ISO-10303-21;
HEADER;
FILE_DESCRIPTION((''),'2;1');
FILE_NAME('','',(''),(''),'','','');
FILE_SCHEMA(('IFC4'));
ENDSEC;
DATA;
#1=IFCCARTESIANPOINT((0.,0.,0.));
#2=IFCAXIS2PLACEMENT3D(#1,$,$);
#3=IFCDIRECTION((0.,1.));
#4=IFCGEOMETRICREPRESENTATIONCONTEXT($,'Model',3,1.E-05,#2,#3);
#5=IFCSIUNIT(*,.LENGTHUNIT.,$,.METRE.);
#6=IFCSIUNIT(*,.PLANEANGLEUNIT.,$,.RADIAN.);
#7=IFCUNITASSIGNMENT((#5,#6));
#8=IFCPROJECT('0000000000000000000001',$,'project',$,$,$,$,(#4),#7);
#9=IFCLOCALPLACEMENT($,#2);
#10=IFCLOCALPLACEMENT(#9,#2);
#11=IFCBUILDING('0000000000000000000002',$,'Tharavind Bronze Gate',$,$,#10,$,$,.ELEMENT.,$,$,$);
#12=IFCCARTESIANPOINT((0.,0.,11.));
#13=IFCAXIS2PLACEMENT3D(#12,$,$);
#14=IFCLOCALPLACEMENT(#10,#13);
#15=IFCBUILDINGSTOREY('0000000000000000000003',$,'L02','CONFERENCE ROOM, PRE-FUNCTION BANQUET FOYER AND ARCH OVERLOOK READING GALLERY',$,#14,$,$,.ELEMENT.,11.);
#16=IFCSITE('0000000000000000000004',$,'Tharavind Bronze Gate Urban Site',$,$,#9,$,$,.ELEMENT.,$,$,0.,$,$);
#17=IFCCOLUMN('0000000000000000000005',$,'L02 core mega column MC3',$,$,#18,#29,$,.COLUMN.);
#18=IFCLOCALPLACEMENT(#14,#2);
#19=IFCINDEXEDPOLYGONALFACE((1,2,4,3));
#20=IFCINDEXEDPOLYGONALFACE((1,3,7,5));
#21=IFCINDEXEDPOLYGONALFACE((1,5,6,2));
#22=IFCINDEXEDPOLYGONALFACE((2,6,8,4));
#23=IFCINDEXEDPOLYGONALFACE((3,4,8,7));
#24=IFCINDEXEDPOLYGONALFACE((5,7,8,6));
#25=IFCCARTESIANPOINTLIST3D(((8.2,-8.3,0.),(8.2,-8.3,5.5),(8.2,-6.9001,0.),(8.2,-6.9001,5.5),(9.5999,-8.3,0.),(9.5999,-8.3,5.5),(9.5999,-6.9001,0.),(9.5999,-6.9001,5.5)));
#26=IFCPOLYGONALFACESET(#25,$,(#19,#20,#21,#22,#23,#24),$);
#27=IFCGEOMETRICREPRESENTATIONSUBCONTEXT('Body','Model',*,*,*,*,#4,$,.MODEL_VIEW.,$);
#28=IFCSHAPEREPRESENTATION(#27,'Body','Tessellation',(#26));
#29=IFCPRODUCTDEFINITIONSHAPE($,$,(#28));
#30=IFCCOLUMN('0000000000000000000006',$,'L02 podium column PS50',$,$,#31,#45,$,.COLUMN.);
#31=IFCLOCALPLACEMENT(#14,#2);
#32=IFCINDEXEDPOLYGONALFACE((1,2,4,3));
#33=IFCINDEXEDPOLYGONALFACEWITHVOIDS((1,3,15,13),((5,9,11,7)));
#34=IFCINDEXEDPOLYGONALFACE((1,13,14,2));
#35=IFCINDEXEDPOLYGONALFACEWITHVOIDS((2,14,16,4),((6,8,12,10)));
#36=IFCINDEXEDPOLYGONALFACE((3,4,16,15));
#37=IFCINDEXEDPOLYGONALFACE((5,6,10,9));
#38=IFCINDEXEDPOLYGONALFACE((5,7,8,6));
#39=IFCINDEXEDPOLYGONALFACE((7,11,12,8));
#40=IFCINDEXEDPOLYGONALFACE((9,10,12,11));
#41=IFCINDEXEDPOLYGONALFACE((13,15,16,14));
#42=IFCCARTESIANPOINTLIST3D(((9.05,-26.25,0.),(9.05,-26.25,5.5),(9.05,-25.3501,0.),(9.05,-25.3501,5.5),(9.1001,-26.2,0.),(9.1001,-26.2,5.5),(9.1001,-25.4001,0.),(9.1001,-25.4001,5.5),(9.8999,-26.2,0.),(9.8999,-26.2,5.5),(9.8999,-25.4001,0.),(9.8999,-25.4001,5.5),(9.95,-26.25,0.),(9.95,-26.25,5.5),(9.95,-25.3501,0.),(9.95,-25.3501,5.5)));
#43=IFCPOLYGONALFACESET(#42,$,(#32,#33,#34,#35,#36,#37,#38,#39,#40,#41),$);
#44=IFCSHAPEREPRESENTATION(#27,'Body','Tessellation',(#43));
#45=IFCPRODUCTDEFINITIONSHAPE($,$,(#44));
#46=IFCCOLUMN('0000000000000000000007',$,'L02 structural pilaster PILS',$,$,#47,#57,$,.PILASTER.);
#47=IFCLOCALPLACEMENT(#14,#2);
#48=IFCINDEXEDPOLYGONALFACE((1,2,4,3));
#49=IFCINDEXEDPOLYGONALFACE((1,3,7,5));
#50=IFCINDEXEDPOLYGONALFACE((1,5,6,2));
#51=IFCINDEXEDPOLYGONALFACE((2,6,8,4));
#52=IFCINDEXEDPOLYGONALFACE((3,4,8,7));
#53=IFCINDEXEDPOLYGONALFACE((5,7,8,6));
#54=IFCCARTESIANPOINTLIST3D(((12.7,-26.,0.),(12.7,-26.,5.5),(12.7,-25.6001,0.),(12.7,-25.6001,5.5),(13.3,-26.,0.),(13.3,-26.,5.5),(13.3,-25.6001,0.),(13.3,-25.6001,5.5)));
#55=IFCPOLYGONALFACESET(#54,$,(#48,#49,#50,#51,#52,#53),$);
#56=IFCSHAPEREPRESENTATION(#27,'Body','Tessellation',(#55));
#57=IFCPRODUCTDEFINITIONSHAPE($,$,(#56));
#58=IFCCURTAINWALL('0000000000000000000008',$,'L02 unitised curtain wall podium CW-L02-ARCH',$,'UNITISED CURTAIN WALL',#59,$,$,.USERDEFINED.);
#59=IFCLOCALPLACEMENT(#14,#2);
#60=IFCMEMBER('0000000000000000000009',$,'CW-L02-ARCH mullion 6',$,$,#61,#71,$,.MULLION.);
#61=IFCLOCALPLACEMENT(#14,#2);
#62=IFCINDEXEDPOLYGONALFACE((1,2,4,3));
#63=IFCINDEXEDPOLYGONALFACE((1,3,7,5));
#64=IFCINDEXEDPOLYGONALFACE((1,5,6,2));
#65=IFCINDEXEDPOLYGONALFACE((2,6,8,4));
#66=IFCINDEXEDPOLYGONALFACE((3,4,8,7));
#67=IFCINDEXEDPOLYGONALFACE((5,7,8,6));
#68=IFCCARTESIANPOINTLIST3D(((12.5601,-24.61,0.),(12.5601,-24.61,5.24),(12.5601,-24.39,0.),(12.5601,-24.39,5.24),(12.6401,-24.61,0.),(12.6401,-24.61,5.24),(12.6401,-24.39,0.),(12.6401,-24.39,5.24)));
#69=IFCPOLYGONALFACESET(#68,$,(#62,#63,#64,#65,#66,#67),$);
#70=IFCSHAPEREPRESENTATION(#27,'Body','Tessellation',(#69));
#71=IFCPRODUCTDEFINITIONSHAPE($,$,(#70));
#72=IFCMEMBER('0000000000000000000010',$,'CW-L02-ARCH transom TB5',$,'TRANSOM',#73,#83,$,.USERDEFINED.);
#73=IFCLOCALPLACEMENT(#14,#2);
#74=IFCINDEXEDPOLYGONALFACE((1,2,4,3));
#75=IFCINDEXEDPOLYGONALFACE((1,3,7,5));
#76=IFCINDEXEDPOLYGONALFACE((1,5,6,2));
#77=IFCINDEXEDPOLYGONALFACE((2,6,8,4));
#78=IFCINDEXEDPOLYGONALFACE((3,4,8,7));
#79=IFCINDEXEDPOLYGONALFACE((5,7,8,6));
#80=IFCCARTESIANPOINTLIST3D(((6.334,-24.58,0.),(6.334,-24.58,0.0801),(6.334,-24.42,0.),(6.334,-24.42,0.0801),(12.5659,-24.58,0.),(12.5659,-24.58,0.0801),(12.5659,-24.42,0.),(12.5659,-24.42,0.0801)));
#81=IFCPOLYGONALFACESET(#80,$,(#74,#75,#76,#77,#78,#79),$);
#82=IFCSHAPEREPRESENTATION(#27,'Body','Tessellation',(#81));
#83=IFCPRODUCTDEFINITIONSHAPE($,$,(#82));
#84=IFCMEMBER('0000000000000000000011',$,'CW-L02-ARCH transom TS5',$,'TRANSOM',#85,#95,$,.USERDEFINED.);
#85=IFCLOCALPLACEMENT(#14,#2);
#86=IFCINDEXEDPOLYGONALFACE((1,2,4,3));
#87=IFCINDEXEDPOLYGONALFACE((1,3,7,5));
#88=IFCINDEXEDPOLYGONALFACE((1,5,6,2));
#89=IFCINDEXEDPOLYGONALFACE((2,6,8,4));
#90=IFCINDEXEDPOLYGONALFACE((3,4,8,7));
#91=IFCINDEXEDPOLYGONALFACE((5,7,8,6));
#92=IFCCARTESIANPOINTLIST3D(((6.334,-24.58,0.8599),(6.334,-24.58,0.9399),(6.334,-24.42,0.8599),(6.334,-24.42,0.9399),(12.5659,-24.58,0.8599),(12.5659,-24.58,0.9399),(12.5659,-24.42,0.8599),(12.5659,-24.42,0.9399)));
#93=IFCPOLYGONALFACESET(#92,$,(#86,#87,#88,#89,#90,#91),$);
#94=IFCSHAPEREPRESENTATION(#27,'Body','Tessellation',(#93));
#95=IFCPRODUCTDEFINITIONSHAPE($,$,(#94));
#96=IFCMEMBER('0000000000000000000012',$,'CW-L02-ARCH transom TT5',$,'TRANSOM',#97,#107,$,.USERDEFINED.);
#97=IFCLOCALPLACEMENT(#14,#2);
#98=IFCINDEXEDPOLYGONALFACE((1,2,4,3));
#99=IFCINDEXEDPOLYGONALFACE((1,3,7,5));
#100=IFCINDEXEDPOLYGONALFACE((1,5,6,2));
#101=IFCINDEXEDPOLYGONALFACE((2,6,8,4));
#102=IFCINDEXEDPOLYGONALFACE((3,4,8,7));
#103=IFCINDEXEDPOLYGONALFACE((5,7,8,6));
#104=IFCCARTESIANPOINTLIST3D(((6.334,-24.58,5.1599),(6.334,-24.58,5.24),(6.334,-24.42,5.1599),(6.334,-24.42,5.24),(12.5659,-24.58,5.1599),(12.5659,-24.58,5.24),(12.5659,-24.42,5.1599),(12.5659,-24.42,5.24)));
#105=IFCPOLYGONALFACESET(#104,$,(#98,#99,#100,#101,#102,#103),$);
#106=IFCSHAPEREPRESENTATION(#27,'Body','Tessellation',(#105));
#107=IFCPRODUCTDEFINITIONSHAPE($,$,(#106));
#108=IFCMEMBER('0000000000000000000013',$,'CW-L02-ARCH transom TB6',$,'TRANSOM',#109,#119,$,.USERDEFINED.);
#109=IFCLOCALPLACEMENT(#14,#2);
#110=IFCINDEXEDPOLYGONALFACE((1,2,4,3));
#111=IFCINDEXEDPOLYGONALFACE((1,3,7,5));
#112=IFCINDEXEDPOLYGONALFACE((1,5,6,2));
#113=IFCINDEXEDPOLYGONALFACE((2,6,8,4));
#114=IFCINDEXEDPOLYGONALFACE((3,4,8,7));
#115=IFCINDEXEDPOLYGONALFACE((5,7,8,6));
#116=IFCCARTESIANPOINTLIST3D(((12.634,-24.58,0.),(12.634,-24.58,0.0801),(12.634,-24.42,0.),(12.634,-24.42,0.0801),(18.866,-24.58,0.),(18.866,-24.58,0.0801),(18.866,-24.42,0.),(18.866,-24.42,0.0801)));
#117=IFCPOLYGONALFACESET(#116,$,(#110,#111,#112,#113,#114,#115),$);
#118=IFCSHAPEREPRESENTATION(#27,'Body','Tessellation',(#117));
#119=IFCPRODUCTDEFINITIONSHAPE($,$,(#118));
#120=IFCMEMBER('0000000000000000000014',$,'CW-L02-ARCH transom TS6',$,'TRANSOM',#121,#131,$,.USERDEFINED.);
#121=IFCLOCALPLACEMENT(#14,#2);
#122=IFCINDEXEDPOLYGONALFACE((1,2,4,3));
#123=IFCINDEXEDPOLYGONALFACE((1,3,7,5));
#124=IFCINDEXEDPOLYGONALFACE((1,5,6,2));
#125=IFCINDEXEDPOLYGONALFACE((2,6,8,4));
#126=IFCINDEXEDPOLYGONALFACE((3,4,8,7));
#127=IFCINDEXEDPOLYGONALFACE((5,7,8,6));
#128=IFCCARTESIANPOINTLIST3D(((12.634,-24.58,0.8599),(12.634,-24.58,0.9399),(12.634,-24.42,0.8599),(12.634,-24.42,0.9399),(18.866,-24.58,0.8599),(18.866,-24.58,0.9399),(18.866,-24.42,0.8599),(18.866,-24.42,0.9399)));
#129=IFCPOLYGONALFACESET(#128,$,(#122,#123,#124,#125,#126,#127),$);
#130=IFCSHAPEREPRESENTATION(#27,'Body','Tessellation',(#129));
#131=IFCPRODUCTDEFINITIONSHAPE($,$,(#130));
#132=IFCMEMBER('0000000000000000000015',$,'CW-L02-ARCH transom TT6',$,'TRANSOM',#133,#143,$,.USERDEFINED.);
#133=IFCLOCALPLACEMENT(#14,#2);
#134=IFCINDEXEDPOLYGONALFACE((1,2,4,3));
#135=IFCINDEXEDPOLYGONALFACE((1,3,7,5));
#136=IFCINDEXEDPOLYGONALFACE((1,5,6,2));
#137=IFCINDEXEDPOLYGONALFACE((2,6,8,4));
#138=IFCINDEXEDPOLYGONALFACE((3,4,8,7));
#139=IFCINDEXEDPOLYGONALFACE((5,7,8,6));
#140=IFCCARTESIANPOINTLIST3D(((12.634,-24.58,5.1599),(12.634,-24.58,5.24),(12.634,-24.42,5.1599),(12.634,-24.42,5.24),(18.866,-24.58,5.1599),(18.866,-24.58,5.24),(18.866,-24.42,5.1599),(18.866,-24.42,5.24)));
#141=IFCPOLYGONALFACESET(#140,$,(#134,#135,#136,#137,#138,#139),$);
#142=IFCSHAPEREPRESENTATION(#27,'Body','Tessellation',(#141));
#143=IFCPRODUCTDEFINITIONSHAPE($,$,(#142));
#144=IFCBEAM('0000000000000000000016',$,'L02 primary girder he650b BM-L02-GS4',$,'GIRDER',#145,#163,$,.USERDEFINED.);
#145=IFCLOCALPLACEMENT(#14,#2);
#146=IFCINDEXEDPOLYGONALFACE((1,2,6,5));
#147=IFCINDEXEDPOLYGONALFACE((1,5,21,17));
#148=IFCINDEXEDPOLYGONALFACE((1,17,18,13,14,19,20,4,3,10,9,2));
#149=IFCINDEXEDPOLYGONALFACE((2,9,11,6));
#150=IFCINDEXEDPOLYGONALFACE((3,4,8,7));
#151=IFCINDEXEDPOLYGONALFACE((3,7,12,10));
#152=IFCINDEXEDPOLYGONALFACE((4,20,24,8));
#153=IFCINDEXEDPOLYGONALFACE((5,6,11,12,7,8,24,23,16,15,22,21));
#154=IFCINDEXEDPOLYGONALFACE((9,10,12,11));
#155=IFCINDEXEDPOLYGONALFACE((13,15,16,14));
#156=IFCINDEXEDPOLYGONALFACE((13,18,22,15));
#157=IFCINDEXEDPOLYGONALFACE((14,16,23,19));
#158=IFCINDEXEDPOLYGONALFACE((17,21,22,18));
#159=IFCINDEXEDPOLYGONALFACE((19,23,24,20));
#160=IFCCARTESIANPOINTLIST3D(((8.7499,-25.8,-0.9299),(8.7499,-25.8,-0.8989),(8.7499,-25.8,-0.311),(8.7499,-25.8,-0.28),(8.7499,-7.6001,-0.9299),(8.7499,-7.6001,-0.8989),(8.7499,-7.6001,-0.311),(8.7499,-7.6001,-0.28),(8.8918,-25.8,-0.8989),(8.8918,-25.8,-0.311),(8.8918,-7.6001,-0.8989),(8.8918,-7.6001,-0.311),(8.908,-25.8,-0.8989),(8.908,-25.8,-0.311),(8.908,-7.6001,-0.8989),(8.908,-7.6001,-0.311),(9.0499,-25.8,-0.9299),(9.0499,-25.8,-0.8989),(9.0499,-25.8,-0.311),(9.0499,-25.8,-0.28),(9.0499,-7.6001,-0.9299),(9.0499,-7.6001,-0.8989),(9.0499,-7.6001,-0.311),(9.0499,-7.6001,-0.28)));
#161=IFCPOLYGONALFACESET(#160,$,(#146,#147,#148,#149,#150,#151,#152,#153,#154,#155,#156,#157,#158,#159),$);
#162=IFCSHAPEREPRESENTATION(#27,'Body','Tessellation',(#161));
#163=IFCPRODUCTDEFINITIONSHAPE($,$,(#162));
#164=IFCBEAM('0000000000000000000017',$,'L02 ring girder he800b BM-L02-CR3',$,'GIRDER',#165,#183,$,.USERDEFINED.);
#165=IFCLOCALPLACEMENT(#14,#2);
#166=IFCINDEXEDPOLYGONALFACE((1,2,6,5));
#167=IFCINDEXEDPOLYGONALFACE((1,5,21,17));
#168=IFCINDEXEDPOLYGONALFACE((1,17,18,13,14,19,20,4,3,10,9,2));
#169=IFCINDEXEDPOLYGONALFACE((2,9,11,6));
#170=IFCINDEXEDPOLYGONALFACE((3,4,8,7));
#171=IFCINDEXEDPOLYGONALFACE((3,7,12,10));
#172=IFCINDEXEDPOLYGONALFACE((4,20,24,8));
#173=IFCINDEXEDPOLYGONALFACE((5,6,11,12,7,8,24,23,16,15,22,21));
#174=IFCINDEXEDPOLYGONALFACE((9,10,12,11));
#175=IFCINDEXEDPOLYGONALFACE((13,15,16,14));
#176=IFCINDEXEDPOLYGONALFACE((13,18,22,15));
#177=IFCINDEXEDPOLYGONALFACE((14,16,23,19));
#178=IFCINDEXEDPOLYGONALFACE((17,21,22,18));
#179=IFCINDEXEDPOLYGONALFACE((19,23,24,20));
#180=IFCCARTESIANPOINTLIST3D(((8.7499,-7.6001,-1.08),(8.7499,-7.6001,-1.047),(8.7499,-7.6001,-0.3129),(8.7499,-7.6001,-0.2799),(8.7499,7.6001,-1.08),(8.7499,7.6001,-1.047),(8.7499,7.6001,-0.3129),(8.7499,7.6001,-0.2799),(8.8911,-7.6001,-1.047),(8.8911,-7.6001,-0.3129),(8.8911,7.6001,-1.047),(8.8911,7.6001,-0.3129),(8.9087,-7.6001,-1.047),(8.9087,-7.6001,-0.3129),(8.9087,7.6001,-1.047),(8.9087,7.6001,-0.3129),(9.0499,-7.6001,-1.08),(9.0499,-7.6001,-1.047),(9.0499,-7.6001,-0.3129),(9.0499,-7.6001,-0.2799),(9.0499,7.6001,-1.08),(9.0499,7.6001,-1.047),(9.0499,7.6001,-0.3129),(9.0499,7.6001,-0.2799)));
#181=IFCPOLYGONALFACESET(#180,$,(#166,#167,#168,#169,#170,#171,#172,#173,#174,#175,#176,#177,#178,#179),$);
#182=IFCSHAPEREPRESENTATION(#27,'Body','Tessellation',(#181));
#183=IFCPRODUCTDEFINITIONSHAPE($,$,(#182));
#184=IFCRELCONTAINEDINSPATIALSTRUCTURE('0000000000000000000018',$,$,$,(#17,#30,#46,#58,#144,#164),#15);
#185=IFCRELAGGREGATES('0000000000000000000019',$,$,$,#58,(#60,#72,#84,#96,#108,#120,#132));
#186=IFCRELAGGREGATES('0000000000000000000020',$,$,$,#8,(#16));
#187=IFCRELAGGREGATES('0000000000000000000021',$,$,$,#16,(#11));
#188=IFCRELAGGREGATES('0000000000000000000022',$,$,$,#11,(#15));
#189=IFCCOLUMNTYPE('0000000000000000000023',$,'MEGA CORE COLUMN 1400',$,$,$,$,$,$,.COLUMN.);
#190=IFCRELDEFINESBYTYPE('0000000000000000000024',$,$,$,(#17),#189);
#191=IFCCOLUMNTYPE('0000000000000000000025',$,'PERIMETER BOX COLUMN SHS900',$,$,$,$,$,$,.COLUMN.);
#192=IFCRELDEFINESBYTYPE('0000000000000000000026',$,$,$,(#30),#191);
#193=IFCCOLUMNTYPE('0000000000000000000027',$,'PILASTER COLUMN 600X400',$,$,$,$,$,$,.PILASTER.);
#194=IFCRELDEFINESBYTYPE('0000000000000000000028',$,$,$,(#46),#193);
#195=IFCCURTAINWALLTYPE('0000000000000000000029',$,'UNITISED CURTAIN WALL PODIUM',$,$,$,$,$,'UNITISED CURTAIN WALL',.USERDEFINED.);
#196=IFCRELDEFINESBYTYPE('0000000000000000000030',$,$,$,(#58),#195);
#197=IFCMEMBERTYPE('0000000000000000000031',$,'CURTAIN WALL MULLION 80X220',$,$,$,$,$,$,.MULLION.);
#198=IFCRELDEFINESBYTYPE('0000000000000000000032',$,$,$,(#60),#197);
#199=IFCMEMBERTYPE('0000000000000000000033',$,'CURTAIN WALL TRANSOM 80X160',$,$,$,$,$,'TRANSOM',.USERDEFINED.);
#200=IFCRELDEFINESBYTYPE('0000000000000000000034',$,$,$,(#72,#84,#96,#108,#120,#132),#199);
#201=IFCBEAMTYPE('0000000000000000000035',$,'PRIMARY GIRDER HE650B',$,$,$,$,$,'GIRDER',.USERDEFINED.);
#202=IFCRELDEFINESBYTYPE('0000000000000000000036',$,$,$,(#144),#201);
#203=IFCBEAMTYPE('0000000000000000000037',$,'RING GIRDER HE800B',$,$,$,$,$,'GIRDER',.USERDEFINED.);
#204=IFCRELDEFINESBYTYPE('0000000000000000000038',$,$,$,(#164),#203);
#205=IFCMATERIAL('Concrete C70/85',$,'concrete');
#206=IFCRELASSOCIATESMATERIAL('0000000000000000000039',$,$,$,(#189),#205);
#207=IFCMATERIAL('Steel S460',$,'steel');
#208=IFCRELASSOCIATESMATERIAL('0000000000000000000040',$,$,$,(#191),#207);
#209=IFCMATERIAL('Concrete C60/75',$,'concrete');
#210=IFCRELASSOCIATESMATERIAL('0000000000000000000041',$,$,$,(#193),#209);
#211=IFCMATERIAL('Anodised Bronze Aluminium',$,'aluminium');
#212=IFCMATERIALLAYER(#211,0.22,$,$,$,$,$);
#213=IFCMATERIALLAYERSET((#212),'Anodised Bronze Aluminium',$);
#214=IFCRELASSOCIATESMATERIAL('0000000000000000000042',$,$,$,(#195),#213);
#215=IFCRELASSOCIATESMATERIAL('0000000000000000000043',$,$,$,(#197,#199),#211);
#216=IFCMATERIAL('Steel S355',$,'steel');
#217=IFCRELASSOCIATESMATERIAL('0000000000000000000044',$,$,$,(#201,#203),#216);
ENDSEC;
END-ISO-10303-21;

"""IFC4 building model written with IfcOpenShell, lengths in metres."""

from ifc_helpers import new_model, si_unit, direction, frame, origin, origin_2d, place, context, subcontext, project, spatial, rectangle, hollow_rectangle, i_section, extrude, material, layer, layer_set, material_profile, profile_set, type_object, element, aggregate, save


model = new_model("IFC4")

# Units and contexts
model_context = context("Model", 3, precision=1e-05, world=origin(), true_north=direction((0.0, 1.0)))
body_context = subcontext(model_context, "Body", "Model", "MODEL_VIEW")
ifc_project = project(units=[si_unit("LENGTHUNIT", "METRE"), si_unit("PLANEANGLEUNIT", "RADIAN")], contexts=[model_context])

# Site, building, storey
site_placement = place(None, origin())
site = spatial("IfcSite", under=ifc_project, at=site_placement, Name="Tharavind Bronze Gate Urban Site", CompositionType="ELEMENT", RefElevation=0.0)
building_placement = place(site_placement, origin())
building = spatial("IfcBuilding", under=site, at=building_placement, Name="Tharavind Bronze Gate", CompositionType="ELEMENT")
storey_placement = place(building_placement, frame((0.0, 0.0, 11.0)))
storey = spatial("IfcBuildingStorey", under=building, at=storey_placement, Name="L02", Description="CONFERENCE ROOM, PRE-FUNCTION BANQUET FOYER AND ARCH OVERLOOK READING GALLERY", CompositionType="ELEMENT", Elevation=11.0)

# Columns
ifc_material_1 = material(Name="Concrete C70/85", Category="concrete")
ifc_material_profile_1 = material_profile(ifc_material_1, rectangle(XDim=1.3999, YDim=1.3999, at=origin_2d()), Name="RCCOL1400")
ifc_profile_set_1 = profile_set([ifc_material_profile_1], Name="Concrete C70/85")
column_type_1 = type_object("IfcColumnType", Name="MEGA CORE COLUMN 1400", PredefinedType="COLUMN", material=ifc_profile_set_1)
column_1_placement = place(storey_placement, frame((8.8999, -7.6001, 0.0), z_axis=(0.0, 0.0, 1.0), x_axis=(1.0, 0.0, 0.0)))
element("IfcColumn", 1, at=column_1_placement, inside=storey, type_object=column_type_1, Name="L02 core mega column MC3", PredefinedType="COLUMN", context=body_context, shape_type="SweptSolid", body=[
    extrude(rectangle(XDim=1.3999, YDim=1.3999, at=origin_2d()), origin(), (0.0, 0.0, 1.0), 5.5),
])
ifc_material_2 = material(Name="Steel S460", Category="steel")
ifc_material_profile_2 = material_profile(ifc_material_2, hollow_rectangle(XDim=0.8999, YDim=0.8999, WallThickness=0.05, at=origin_2d()), Name="SHS900X50")
ifc_profile_set_2 = profile_set([ifc_material_profile_2], Name="Steel S460")
column_type_2 = type_object("IfcColumnType", Name="PERIMETER BOX COLUMN SHS900", PredefinedType="COLUMN", material=ifc_profile_set_2)
column_2_placement = place(storey_placement, frame((9.5, -25.8, 0.0), z_axis=(0.0, 0.0, 1.0), x_axis=(1.0, 0.0, 0.0)))
element("IfcColumn", 2, at=column_2_placement, inside=storey, type_object=column_type_2, Name="L02 podium column PS50", PredefinedType="COLUMN", context=body_context, shape_type="SweptSolid", body=[
    extrude(hollow_rectangle(XDim=0.8999, YDim=0.8999, WallThickness=0.05, at=origin_2d()), origin(), (0.0, 0.0, 1.0), 5.5),
])
ifc_material_3 = material(Name="Concrete C60/75", Category="concrete")
ifc_material_profile_3 = material_profile(ifc_material_3, rectangle(XDim=0.6001, YDim=0.3999, at=origin_2d()), Name="RCPIL600X400")
ifc_profile_set_3 = profile_set([ifc_material_profile_3], Name="Concrete C60/75")
column_type_3 = type_object("IfcColumnType", Name="PILASTER COLUMN 600X400", PredefinedType="PILASTER", material=ifc_profile_set_3)
column_3_placement = place(storey_placement, frame((13.0, -25.8, 0.0), z_axis=(0.0, 0.0, 1.0), x_axis=(1.0, 0.0, 0.0)))
element("IfcColumn", 3, at=column_3_placement, inside=storey, type_object=column_type_3, Name="L02 structural pilaster PILS", PredefinedType="PILASTER", context=body_context, shape_type="SweptSolid", body=[
    extrude(rectangle(XDim=0.6001, YDim=0.3999, at=origin_2d()), origin(), (0.0, 0.0, 1.0), 5.5),
])

# Curtain wall, members
ifc_material_4 = material(Name="Anodised Bronze Aluminium", Category="aluminium")
ifc_layer_1 = layer(ifc_material_4, 0.22)
ifc_layer_set_1 = layer_set([ifc_layer_1], Name="Anodised Bronze Aluminium")
curtain_wall_type = type_object("IfcCurtainWallType", Name="UNITISED CURTAIN WALL PODIUM", ElementType="UNITISED CURTAIN WALL", PredefinedType="USERDEFINED", material=ifc_layer_set_1)
curtain_wall_placement = place(storey_placement, origin())
curtain_wall = element("IfcCurtainWall", 4, at=curtain_wall_placement, inside=storey, type_object=curtain_wall_type, Name="L02 unitised curtain wall podium CW-L02-ARCH", ObjectType="UNITISED CURTAIN WALL", PredefinedType="USERDEFINED")
member_type_1 = type_object("IfcMemberType", Name="CURTAIN WALL MULLION 80X220", PredefinedType="MULLION", material=ifc_material_4)
member_1_placement = place(storey_placement, frame((12.6001, -24.5, 0.0), z_axis=(0.0, 0.0, 1.0), x_axis=(1.0, 0.0, 0.0)))
member_1 = element("IfcMember", 5, at=member_1_placement, type_object=member_type_1, Name="CW-L02-ARCH mullion 6", PredefinedType="MULLION", context=body_context, shape_type="SweptSolid", body=[
    extrude(rectangle(XDim=0.0801, YDim=0.22, at=origin_2d()), origin(), (0.0, 0.0, 1.0), 5.24),
])
member_type_2 = type_object("IfcMemberType", Name="CURTAIN WALL TRANSOM 80X160", ElementType="TRANSOM", PredefinedType="USERDEFINED", material=ifc_material_4)
member_2_placement = place(storey_placement, frame((9.45, -24.5, 0.0), z_axis=(0.0, 0.0, 1.0), x_axis=(1.0, 0.0, 0.0)))
member_2 = element("IfcMember", 6, at=member_2_placement, type_object=member_type_2, Name="CW-L02-ARCH transom TB5", ObjectType="TRANSOM", PredefinedType="USERDEFINED", context=body_context, shape_type="SweptSolid", body=[
    extrude(rectangle(XDim=6.2319, YDim=0.1599, at=origin_2d()), origin(), (0.0, 0.0, 1.0), 0.0801),
])
member_3_placement = place(storey_placement, frame((9.45, -24.5, 0.8599), z_axis=(0.0, 0.0, 1.0), x_axis=(1.0, 0.0, 0.0)))
member_3 = element("IfcMember", 7, at=member_3_placement, type_object=member_type_2, Name="CW-L02-ARCH transom TS5", ObjectType="TRANSOM", PredefinedType="USERDEFINED", context=body_context, shape_type="SweptSolid", body=[
    extrude(rectangle(XDim=6.2319, YDim=0.1599, at=origin_2d()), origin(), (0.0, 0.0, 1.0), 0.0801),
])
member_4_placement = place(storey_placement, frame((9.45, -24.5, 5.1599), z_axis=(0.0, 0.0, 1.0), x_axis=(1.0, 0.0, 0.0)))
member_4 = element("IfcMember", 8, at=member_4_placement, type_object=member_type_2, Name="CW-L02-ARCH transom TT5", ObjectType="TRANSOM", PredefinedType="USERDEFINED", context=body_context, shape_type="SweptSolid", body=[
    extrude(rectangle(XDim=6.2319, YDim=0.1599, at=origin_2d()), origin(), (0.0, 0.0, 1.0), 0.0801),
])
member_5_placement = place(storey_placement, frame((15.75, -24.5, 0.0), z_axis=(0.0, 0.0, 1.0), x_axis=(1.0, 0.0, 0.0)))
member_5 = element("IfcMember", 9, at=member_5_placement, type_object=member_type_2, Name="CW-L02-ARCH transom TB6", ObjectType="TRANSOM", PredefinedType="USERDEFINED", context=body_context, shape_type="SweptSolid", body=[
    extrude(rectangle(XDim=6.2319, YDim=0.1599, at=origin_2d()), origin(), (0.0, 0.0, 1.0), 0.0801),
])
member_6_placement = place(storey_placement, frame((15.75, -24.5, 0.8599), z_axis=(0.0, 0.0, 1.0), x_axis=(1.0, 0.0, 0.0)))
member_6 = element("IfcMember", 10, at=member_6_placement, type_object=member_type_2, Name="CW-L02-ARCH transom TS6", ObjectType="TRANSOM", PredefinedType="USERDEFINED", context=body_context, shape_type="SweptSolid", body=[
    extrude(rectangle(XDim=6.2319, YDim=0.1599, at=origin_2d()), origin(), (0.0, 0.0, 1.0), 0.0801),
])
member_7_placement = place(storey_placement, frame((15.75, -24.5, 5.1599), z_axis=(0.0, 0.0, 1.0), x_axis=(1.0, 0.0, 0.0)))
member_7 = element("IfcMember", 11, at=member_7_placement, type_object=member_type_2, Name="CW-L02-ARCH transom TT6", ObjectType="TRANSOM", PredefinedType="USERDEFINED", context=body_context, shape_type="SweptSolid", body=[
    extrude(rectangle(XDim=6.2319, YDim=0.1599, at=origin_2d()), origin(), (0.0, 0.0, 1.0), 0.0801),
])

# Beams
ifc_material_5 = material(Name="Steel S355", Category="steel")
ifc_material_profile_4 = material_profile(ifc_material_5, i_section(OverallWidth=0.3, OverallDepth=0.6499, WebThickness=0.0161, FlangeThickness=0.031, at=origin_2d()), Name="HE650B")
ifc_profile_set_4 = profile_set([ifc_material_profile_4], Name="Steel S355")
beam_type_1 = type_object("IfcBeamType", Name="PRIMARY GIRDER HE650B", ElementType="GIRDER", PredefinedType="USERDEFINED", material=ifc_profile_set_4)
beam_1_placement = place(storey_placement, frame((8.8999, -25.8, -0.605), z_axis=(0.0, 1.0, 0.0), x_axis=(-1.0, 0.0, 0.0)))
element("IfcBeam", 12, at=beam_1_placement, inside=storey, type_object=beam_type_1, Name="L02 primary girder he650b BM-L02-GS4", ObjectType="GIRDER", PredefinedType="USERDEFINED", context=body_context, shape_type="SweptSolid", body=[
    extrude(i_section(OverallWidth=0.3, OverallDepth=0.6499, WebThickness=0.0161, FlangeThickness=0.031, at=origin_2d()), origin(), (0.0, 0.0, 1.0), 18.2),
])
ifc_material_profile_5 = material_profile(ifc_material_5, i_section(OverallWidth=0.3, OverallDepth=0.8, WebThickness=0.0176, FlangeThickness=0.033, at=origin_2d()), Name="HE800B")
ifc_profile_set_5 = profile_set([ifc_material_profile_5], Name="Steel S355")
beam_type_2 = type_object("IfcBeamType", Name="RING GIRDER HE800B", ElementType="GIRDER", PredefinedType="USERDEFINED", material=ifc_profile_set_5)
beam_2_placement = place(storey_placement, frame((8.8999, -7.6001, -0.6799), z_axis=(0.0, 1.0, 0.0), x_axis=(-1.0, 0.0, 0.0)))
element("IfcBeam", 13, at=beam_2_placement, inside=storey, type_object=beam_type_2, Name="L02 ring girder he800b BM-L02-CR3", ObjectType="GIRDER", PredefinedType="USERDEFINED", context=body_context, shape_type="SweptSolid", body=[
    extrude(i_section(OverallWidth=0.3, OverallDepth=0.8, WebThickness=0.0176, FlangeThickness=0.033, at=origin_2d()), origin(), (0.0, 0.0, 1.0), 15.2002),
])

aggregate(curtain_wall, [member_1, member_2, member_3, member_4, member_5, member_6, member_7])

save(model, "model.ifc")
